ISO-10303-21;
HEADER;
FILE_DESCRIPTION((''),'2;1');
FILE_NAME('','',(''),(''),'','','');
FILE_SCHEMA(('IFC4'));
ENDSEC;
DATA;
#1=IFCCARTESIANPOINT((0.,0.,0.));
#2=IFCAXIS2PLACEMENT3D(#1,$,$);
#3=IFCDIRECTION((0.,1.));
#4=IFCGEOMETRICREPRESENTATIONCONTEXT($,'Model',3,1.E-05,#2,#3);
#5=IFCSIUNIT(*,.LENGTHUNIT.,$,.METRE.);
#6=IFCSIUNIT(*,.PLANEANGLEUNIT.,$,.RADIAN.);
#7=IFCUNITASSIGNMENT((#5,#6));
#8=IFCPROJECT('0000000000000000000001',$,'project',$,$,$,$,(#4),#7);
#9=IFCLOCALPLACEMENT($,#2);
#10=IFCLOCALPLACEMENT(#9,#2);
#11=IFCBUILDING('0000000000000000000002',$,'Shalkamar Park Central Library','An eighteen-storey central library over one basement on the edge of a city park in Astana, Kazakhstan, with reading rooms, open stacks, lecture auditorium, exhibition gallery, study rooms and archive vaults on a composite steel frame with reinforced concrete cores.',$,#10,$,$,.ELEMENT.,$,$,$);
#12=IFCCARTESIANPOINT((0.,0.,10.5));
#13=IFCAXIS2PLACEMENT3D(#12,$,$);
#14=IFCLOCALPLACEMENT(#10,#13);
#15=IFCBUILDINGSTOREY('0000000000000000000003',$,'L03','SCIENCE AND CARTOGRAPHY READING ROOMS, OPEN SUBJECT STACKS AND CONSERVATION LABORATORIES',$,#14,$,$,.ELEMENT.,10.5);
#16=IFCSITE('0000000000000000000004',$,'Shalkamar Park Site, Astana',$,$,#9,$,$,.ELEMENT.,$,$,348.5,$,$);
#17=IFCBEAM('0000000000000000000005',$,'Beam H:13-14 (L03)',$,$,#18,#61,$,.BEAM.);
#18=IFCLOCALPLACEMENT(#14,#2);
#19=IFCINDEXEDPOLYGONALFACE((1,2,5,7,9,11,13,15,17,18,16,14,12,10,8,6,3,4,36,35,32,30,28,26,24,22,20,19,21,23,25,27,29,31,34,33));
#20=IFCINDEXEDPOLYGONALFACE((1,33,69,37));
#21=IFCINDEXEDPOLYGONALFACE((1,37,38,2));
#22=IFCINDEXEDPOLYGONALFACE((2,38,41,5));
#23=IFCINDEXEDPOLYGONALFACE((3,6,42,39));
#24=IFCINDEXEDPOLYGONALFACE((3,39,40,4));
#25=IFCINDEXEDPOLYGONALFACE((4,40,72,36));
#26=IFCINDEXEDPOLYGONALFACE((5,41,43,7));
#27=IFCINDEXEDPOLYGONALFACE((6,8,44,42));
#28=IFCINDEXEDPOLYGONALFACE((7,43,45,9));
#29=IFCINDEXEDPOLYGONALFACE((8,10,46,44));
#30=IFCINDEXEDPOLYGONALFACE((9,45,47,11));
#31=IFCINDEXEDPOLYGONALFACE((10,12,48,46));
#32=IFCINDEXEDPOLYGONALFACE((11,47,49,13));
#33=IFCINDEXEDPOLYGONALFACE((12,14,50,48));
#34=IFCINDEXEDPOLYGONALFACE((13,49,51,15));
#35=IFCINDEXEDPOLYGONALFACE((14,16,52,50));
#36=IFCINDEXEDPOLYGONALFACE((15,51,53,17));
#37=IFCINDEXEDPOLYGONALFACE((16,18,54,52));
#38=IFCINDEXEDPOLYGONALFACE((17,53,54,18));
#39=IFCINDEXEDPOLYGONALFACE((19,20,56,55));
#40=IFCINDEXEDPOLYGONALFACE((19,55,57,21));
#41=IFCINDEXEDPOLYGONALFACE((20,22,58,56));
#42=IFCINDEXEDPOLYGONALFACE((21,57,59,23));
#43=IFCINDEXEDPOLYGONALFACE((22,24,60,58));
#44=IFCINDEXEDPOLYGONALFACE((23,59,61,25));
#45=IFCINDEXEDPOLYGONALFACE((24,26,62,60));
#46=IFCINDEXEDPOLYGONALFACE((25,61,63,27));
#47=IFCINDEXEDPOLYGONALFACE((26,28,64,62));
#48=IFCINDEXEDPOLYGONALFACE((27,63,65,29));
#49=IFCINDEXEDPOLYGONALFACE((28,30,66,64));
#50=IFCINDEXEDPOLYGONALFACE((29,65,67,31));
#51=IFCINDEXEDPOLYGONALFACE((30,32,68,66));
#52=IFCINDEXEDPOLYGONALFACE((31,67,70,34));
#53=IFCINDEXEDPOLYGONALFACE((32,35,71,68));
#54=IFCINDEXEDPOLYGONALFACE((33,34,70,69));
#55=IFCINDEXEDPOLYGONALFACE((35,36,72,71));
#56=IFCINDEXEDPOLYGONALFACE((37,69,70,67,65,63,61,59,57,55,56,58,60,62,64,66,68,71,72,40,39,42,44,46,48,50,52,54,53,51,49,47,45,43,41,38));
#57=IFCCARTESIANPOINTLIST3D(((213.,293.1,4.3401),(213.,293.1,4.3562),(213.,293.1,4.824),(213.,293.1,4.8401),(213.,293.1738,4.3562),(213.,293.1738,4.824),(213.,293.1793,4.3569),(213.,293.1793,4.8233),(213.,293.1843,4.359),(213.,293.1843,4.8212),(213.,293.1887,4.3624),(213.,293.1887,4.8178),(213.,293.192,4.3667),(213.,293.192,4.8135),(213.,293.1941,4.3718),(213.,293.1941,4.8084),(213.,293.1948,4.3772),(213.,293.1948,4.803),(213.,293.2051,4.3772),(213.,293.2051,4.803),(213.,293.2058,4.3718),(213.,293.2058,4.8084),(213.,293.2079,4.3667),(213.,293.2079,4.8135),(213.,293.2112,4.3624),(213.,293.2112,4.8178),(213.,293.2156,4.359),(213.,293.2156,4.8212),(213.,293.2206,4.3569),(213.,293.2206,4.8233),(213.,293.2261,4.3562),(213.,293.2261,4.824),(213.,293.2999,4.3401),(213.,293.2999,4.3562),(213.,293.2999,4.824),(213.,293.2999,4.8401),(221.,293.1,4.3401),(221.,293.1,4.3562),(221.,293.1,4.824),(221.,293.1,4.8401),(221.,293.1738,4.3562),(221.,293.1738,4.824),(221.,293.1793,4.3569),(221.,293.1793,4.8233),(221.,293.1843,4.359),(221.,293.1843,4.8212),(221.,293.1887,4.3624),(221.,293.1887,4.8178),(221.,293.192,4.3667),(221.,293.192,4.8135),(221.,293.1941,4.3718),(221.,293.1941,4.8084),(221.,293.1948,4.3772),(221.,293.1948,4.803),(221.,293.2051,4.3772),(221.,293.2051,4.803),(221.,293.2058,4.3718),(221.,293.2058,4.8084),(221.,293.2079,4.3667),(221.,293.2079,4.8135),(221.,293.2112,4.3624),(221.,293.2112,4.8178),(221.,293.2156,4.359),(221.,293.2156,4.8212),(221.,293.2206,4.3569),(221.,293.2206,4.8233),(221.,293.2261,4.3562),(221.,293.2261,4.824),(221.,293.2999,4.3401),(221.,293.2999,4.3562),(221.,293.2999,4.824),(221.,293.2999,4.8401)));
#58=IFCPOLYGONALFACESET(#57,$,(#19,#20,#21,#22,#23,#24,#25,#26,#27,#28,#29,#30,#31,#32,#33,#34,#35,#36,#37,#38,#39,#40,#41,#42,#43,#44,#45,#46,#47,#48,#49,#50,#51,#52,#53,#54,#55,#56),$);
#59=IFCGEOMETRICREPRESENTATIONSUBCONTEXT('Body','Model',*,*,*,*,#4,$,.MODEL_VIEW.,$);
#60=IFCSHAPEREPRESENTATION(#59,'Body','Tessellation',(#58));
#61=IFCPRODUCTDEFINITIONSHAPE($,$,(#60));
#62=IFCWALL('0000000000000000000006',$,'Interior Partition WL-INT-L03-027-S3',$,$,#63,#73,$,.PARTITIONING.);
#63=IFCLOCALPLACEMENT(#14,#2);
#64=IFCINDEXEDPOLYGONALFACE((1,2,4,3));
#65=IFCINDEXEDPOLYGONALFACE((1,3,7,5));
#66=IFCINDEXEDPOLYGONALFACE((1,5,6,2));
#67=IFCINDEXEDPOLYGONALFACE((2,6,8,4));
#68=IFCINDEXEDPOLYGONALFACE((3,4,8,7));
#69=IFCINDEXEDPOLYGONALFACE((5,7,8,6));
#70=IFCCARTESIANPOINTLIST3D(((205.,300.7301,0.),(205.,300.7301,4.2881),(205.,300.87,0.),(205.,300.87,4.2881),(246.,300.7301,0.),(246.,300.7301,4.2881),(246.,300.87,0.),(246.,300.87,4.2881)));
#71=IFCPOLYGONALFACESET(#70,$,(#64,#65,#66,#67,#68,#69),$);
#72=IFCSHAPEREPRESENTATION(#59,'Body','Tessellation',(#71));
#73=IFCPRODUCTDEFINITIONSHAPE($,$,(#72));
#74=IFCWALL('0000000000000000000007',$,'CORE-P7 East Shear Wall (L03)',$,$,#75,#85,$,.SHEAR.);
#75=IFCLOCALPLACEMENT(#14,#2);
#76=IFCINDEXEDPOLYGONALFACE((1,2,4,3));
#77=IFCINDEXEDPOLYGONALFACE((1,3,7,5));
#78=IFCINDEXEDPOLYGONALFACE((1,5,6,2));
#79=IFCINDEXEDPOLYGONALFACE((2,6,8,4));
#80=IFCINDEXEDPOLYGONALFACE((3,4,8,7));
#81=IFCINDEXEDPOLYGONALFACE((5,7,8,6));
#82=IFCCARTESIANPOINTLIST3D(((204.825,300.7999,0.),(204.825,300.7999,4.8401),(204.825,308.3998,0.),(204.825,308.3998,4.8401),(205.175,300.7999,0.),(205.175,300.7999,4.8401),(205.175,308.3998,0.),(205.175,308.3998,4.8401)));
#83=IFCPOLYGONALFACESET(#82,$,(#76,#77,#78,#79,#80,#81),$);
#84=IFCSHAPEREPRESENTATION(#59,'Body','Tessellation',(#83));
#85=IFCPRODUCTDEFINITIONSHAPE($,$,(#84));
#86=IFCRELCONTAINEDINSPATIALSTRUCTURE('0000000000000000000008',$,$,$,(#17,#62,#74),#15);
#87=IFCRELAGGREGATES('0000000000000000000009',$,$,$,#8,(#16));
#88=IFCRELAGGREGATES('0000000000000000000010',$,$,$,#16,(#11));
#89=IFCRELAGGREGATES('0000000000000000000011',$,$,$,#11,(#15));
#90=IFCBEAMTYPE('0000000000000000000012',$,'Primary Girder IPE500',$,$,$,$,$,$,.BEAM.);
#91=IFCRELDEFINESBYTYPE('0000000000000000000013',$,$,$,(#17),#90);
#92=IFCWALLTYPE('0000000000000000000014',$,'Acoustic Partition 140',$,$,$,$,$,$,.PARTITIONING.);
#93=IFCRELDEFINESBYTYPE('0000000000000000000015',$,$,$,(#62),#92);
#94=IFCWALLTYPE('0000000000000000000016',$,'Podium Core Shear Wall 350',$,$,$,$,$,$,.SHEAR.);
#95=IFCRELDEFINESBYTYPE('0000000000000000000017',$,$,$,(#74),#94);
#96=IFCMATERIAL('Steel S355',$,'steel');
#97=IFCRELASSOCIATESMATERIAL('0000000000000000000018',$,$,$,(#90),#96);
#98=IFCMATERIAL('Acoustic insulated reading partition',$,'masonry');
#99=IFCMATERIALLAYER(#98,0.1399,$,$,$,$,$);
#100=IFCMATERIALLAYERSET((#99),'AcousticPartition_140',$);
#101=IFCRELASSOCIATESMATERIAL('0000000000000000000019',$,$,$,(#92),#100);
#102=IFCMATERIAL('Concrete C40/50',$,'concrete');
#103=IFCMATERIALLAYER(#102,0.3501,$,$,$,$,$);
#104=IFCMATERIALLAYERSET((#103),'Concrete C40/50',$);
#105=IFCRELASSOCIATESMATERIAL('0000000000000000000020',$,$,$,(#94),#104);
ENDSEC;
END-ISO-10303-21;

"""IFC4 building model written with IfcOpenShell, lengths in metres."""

from ifc_helpers import new_model, si_unit, direction, frame, frame_2d, origin, origin_2d, place, context, subcontext, project, spatial, rectangle, i_section, extrude, material, layer, layer_set, material_profile, profile_set, type_object, element, save


model = new_model("IFC4")

# Units and contexts
model_context = context("Model", 3, precision=1e-05, world=origin(), true_north=direction((0.0, 1.0)))
body_context = subcontext(model_context, "Body", "Model", "MODEL_VIEW")
ifc_project = project(units=[si_unit("LENGTHUNIT", "METRE"), si_unit("PLANEANGLEUNIT", "RADIAN")], contexts=[model_context])

# Site, building, storey
site_placement = place(None, origin())
site = spatial("IfcSite", under=ifc_project, at=site_placement, Name="Shalkamar Park Site, Astana", CompositionType="ELEMENT", RefElevation=348.5)
building_placement = place(site_placement, origin())
building = spatial("IfcBuilding", under=site, at=building_placement, Name="Shalkamar Park Central Library", Description="An eighteen-storey central library over one basement on the edge of a city park in Astana, Kazakhstan, with reading rooms, open stacks, lecture auditorium, exhibition gallery, study rooms and archive vaults on a composite steel frame with reinforced concrete cores.", CompositionType="ELEMENT")
storey_placement = place(building_placement, frame((0.0, 0.0, 10.5)))
storey = spatial("IfcBuildingStorey", under=building, at=storey_placement, Name="L03", Description="SCIENCE AND CARTOGRAPHY READING ROOMS, OPEN SUBJECT STACKS AND CONSERVATION LABORATORIES", CompositionType="ELEMENT", Elevation=10.5)

# Shared definitions
ifc_material_1 = material(Name="Steel S355", Category="steel")

# Beam
ifc_material_profile_1 = material_profile(ifc_material_1, i_section(OverallWidth=0.2, OverallDepth=0.5, WebThickness=0.0103, FlangeThickness=0.0161, FilletRadius=0.021, at=origin_2d()), Name="IPE 500")
ifc_profile_set_1 = profile_set([ifc_material_profile_1], Name="Steel S355")
beam_type_1 = type_object("IfcBeamType", Name="Primary Girder IPE500", PredefinedType="BEAM", material=ifc_profile_set_1)
for number, where, z_axis, x_axis, name in (
    (1, (213.0, 293.2, 4.5901), (1.0, 0.0, 0.0), (0.0, 1.0, 0.0), "Beam H:13-14 (L03)"),
):
    element("IfcBeam", number, at=place(storey_placement, frame(where, z_axis=z_axis, x_axis=x_axis)), inside=storey, type_object=beam_type_1, Name=name, PredefinedType="BEAM", context=body_context, shape_type="SweptSolid", body=[
        extrude(i_section(OverallWidth=0.2, OverallDepth=0.5, WebThickness=0.0103, FlangeThickness=0.0161, FilletRadius=0.021, at=origin_2d()), origin(), (0.0, 0.0, 1.0), 8.0),
    ])

# Walls
ifc_material_2 = material(Name="Acoustic insulated reading partition", Category="masonry")
ifc_layer_1 = layer(ifc_material_2, 0.1399)
ifc_layer_set_1 = layer_set([ifc_layer_1], Name="AcousticPartition_140")
wall_type_1 = type_object("IfcWallType", Name="Acoustic Partition 140", PredefinedType="PARTITIONING", material=ifc_layer_set_1)
wall_1_placement = place(storey_placement, frame((205.0, 300.8, 0.0), z_axis=(0.0, 0.0, 1.0), x_axis=(1.0, 0.0, 0.0)))
element("IfcWall", 2, at=wall_1_placement, inside=storey, type_object=wall_type_1, Name="Interior Partition WL-INT-L03-027-S3", PredefinedType="PARTITIONING", context=body_context, shape_type="SweptSolid", body=[
    extrude(rectangle(XDim=41.0, YDim=0.1399, at=frame_2d((20.5, 0.0))), origin(), (0.0, 0.0, 1.0), 4.2881),
])
ifc_material_3 = material(Name="Concrete C40/50", Category="concrete")
ifc_layer_2 = layer(ifc_material_3, 0.3501)
ifc_layer_set_2 = layer_set([ifc_layer_2], Name="Concrete C40/50")
wall_type_2 = type_object("IfcWallType", Name="Podium Core Shear Wall 350", PredefinedType="SHEAR", material=ifc_layer_set_2)
wall_2_placement = place(storey_placement, frame((205.0, 300.8, 0.0), z_axis=(0.0, 0.0, 1.0), x_axis=(0.0, 1.0, 0.0)))
element("IfcWall", 3, at=wall_2_placement, inside=storey, type_object=wall_type_2, Name="CORE-P7 East Shear Wall (L03)", PredefinedType="SHEAR", context=body_context, shape_type="SweptSolid", body=[
    extrude(rectangle(XDim=7.5999, YDim=0.3501, at=frame_2d((3.7998, 0.0))), origin(), (0.0, 0.0, 1.0), 4.8401),
])

save(model, "model.ifc")
